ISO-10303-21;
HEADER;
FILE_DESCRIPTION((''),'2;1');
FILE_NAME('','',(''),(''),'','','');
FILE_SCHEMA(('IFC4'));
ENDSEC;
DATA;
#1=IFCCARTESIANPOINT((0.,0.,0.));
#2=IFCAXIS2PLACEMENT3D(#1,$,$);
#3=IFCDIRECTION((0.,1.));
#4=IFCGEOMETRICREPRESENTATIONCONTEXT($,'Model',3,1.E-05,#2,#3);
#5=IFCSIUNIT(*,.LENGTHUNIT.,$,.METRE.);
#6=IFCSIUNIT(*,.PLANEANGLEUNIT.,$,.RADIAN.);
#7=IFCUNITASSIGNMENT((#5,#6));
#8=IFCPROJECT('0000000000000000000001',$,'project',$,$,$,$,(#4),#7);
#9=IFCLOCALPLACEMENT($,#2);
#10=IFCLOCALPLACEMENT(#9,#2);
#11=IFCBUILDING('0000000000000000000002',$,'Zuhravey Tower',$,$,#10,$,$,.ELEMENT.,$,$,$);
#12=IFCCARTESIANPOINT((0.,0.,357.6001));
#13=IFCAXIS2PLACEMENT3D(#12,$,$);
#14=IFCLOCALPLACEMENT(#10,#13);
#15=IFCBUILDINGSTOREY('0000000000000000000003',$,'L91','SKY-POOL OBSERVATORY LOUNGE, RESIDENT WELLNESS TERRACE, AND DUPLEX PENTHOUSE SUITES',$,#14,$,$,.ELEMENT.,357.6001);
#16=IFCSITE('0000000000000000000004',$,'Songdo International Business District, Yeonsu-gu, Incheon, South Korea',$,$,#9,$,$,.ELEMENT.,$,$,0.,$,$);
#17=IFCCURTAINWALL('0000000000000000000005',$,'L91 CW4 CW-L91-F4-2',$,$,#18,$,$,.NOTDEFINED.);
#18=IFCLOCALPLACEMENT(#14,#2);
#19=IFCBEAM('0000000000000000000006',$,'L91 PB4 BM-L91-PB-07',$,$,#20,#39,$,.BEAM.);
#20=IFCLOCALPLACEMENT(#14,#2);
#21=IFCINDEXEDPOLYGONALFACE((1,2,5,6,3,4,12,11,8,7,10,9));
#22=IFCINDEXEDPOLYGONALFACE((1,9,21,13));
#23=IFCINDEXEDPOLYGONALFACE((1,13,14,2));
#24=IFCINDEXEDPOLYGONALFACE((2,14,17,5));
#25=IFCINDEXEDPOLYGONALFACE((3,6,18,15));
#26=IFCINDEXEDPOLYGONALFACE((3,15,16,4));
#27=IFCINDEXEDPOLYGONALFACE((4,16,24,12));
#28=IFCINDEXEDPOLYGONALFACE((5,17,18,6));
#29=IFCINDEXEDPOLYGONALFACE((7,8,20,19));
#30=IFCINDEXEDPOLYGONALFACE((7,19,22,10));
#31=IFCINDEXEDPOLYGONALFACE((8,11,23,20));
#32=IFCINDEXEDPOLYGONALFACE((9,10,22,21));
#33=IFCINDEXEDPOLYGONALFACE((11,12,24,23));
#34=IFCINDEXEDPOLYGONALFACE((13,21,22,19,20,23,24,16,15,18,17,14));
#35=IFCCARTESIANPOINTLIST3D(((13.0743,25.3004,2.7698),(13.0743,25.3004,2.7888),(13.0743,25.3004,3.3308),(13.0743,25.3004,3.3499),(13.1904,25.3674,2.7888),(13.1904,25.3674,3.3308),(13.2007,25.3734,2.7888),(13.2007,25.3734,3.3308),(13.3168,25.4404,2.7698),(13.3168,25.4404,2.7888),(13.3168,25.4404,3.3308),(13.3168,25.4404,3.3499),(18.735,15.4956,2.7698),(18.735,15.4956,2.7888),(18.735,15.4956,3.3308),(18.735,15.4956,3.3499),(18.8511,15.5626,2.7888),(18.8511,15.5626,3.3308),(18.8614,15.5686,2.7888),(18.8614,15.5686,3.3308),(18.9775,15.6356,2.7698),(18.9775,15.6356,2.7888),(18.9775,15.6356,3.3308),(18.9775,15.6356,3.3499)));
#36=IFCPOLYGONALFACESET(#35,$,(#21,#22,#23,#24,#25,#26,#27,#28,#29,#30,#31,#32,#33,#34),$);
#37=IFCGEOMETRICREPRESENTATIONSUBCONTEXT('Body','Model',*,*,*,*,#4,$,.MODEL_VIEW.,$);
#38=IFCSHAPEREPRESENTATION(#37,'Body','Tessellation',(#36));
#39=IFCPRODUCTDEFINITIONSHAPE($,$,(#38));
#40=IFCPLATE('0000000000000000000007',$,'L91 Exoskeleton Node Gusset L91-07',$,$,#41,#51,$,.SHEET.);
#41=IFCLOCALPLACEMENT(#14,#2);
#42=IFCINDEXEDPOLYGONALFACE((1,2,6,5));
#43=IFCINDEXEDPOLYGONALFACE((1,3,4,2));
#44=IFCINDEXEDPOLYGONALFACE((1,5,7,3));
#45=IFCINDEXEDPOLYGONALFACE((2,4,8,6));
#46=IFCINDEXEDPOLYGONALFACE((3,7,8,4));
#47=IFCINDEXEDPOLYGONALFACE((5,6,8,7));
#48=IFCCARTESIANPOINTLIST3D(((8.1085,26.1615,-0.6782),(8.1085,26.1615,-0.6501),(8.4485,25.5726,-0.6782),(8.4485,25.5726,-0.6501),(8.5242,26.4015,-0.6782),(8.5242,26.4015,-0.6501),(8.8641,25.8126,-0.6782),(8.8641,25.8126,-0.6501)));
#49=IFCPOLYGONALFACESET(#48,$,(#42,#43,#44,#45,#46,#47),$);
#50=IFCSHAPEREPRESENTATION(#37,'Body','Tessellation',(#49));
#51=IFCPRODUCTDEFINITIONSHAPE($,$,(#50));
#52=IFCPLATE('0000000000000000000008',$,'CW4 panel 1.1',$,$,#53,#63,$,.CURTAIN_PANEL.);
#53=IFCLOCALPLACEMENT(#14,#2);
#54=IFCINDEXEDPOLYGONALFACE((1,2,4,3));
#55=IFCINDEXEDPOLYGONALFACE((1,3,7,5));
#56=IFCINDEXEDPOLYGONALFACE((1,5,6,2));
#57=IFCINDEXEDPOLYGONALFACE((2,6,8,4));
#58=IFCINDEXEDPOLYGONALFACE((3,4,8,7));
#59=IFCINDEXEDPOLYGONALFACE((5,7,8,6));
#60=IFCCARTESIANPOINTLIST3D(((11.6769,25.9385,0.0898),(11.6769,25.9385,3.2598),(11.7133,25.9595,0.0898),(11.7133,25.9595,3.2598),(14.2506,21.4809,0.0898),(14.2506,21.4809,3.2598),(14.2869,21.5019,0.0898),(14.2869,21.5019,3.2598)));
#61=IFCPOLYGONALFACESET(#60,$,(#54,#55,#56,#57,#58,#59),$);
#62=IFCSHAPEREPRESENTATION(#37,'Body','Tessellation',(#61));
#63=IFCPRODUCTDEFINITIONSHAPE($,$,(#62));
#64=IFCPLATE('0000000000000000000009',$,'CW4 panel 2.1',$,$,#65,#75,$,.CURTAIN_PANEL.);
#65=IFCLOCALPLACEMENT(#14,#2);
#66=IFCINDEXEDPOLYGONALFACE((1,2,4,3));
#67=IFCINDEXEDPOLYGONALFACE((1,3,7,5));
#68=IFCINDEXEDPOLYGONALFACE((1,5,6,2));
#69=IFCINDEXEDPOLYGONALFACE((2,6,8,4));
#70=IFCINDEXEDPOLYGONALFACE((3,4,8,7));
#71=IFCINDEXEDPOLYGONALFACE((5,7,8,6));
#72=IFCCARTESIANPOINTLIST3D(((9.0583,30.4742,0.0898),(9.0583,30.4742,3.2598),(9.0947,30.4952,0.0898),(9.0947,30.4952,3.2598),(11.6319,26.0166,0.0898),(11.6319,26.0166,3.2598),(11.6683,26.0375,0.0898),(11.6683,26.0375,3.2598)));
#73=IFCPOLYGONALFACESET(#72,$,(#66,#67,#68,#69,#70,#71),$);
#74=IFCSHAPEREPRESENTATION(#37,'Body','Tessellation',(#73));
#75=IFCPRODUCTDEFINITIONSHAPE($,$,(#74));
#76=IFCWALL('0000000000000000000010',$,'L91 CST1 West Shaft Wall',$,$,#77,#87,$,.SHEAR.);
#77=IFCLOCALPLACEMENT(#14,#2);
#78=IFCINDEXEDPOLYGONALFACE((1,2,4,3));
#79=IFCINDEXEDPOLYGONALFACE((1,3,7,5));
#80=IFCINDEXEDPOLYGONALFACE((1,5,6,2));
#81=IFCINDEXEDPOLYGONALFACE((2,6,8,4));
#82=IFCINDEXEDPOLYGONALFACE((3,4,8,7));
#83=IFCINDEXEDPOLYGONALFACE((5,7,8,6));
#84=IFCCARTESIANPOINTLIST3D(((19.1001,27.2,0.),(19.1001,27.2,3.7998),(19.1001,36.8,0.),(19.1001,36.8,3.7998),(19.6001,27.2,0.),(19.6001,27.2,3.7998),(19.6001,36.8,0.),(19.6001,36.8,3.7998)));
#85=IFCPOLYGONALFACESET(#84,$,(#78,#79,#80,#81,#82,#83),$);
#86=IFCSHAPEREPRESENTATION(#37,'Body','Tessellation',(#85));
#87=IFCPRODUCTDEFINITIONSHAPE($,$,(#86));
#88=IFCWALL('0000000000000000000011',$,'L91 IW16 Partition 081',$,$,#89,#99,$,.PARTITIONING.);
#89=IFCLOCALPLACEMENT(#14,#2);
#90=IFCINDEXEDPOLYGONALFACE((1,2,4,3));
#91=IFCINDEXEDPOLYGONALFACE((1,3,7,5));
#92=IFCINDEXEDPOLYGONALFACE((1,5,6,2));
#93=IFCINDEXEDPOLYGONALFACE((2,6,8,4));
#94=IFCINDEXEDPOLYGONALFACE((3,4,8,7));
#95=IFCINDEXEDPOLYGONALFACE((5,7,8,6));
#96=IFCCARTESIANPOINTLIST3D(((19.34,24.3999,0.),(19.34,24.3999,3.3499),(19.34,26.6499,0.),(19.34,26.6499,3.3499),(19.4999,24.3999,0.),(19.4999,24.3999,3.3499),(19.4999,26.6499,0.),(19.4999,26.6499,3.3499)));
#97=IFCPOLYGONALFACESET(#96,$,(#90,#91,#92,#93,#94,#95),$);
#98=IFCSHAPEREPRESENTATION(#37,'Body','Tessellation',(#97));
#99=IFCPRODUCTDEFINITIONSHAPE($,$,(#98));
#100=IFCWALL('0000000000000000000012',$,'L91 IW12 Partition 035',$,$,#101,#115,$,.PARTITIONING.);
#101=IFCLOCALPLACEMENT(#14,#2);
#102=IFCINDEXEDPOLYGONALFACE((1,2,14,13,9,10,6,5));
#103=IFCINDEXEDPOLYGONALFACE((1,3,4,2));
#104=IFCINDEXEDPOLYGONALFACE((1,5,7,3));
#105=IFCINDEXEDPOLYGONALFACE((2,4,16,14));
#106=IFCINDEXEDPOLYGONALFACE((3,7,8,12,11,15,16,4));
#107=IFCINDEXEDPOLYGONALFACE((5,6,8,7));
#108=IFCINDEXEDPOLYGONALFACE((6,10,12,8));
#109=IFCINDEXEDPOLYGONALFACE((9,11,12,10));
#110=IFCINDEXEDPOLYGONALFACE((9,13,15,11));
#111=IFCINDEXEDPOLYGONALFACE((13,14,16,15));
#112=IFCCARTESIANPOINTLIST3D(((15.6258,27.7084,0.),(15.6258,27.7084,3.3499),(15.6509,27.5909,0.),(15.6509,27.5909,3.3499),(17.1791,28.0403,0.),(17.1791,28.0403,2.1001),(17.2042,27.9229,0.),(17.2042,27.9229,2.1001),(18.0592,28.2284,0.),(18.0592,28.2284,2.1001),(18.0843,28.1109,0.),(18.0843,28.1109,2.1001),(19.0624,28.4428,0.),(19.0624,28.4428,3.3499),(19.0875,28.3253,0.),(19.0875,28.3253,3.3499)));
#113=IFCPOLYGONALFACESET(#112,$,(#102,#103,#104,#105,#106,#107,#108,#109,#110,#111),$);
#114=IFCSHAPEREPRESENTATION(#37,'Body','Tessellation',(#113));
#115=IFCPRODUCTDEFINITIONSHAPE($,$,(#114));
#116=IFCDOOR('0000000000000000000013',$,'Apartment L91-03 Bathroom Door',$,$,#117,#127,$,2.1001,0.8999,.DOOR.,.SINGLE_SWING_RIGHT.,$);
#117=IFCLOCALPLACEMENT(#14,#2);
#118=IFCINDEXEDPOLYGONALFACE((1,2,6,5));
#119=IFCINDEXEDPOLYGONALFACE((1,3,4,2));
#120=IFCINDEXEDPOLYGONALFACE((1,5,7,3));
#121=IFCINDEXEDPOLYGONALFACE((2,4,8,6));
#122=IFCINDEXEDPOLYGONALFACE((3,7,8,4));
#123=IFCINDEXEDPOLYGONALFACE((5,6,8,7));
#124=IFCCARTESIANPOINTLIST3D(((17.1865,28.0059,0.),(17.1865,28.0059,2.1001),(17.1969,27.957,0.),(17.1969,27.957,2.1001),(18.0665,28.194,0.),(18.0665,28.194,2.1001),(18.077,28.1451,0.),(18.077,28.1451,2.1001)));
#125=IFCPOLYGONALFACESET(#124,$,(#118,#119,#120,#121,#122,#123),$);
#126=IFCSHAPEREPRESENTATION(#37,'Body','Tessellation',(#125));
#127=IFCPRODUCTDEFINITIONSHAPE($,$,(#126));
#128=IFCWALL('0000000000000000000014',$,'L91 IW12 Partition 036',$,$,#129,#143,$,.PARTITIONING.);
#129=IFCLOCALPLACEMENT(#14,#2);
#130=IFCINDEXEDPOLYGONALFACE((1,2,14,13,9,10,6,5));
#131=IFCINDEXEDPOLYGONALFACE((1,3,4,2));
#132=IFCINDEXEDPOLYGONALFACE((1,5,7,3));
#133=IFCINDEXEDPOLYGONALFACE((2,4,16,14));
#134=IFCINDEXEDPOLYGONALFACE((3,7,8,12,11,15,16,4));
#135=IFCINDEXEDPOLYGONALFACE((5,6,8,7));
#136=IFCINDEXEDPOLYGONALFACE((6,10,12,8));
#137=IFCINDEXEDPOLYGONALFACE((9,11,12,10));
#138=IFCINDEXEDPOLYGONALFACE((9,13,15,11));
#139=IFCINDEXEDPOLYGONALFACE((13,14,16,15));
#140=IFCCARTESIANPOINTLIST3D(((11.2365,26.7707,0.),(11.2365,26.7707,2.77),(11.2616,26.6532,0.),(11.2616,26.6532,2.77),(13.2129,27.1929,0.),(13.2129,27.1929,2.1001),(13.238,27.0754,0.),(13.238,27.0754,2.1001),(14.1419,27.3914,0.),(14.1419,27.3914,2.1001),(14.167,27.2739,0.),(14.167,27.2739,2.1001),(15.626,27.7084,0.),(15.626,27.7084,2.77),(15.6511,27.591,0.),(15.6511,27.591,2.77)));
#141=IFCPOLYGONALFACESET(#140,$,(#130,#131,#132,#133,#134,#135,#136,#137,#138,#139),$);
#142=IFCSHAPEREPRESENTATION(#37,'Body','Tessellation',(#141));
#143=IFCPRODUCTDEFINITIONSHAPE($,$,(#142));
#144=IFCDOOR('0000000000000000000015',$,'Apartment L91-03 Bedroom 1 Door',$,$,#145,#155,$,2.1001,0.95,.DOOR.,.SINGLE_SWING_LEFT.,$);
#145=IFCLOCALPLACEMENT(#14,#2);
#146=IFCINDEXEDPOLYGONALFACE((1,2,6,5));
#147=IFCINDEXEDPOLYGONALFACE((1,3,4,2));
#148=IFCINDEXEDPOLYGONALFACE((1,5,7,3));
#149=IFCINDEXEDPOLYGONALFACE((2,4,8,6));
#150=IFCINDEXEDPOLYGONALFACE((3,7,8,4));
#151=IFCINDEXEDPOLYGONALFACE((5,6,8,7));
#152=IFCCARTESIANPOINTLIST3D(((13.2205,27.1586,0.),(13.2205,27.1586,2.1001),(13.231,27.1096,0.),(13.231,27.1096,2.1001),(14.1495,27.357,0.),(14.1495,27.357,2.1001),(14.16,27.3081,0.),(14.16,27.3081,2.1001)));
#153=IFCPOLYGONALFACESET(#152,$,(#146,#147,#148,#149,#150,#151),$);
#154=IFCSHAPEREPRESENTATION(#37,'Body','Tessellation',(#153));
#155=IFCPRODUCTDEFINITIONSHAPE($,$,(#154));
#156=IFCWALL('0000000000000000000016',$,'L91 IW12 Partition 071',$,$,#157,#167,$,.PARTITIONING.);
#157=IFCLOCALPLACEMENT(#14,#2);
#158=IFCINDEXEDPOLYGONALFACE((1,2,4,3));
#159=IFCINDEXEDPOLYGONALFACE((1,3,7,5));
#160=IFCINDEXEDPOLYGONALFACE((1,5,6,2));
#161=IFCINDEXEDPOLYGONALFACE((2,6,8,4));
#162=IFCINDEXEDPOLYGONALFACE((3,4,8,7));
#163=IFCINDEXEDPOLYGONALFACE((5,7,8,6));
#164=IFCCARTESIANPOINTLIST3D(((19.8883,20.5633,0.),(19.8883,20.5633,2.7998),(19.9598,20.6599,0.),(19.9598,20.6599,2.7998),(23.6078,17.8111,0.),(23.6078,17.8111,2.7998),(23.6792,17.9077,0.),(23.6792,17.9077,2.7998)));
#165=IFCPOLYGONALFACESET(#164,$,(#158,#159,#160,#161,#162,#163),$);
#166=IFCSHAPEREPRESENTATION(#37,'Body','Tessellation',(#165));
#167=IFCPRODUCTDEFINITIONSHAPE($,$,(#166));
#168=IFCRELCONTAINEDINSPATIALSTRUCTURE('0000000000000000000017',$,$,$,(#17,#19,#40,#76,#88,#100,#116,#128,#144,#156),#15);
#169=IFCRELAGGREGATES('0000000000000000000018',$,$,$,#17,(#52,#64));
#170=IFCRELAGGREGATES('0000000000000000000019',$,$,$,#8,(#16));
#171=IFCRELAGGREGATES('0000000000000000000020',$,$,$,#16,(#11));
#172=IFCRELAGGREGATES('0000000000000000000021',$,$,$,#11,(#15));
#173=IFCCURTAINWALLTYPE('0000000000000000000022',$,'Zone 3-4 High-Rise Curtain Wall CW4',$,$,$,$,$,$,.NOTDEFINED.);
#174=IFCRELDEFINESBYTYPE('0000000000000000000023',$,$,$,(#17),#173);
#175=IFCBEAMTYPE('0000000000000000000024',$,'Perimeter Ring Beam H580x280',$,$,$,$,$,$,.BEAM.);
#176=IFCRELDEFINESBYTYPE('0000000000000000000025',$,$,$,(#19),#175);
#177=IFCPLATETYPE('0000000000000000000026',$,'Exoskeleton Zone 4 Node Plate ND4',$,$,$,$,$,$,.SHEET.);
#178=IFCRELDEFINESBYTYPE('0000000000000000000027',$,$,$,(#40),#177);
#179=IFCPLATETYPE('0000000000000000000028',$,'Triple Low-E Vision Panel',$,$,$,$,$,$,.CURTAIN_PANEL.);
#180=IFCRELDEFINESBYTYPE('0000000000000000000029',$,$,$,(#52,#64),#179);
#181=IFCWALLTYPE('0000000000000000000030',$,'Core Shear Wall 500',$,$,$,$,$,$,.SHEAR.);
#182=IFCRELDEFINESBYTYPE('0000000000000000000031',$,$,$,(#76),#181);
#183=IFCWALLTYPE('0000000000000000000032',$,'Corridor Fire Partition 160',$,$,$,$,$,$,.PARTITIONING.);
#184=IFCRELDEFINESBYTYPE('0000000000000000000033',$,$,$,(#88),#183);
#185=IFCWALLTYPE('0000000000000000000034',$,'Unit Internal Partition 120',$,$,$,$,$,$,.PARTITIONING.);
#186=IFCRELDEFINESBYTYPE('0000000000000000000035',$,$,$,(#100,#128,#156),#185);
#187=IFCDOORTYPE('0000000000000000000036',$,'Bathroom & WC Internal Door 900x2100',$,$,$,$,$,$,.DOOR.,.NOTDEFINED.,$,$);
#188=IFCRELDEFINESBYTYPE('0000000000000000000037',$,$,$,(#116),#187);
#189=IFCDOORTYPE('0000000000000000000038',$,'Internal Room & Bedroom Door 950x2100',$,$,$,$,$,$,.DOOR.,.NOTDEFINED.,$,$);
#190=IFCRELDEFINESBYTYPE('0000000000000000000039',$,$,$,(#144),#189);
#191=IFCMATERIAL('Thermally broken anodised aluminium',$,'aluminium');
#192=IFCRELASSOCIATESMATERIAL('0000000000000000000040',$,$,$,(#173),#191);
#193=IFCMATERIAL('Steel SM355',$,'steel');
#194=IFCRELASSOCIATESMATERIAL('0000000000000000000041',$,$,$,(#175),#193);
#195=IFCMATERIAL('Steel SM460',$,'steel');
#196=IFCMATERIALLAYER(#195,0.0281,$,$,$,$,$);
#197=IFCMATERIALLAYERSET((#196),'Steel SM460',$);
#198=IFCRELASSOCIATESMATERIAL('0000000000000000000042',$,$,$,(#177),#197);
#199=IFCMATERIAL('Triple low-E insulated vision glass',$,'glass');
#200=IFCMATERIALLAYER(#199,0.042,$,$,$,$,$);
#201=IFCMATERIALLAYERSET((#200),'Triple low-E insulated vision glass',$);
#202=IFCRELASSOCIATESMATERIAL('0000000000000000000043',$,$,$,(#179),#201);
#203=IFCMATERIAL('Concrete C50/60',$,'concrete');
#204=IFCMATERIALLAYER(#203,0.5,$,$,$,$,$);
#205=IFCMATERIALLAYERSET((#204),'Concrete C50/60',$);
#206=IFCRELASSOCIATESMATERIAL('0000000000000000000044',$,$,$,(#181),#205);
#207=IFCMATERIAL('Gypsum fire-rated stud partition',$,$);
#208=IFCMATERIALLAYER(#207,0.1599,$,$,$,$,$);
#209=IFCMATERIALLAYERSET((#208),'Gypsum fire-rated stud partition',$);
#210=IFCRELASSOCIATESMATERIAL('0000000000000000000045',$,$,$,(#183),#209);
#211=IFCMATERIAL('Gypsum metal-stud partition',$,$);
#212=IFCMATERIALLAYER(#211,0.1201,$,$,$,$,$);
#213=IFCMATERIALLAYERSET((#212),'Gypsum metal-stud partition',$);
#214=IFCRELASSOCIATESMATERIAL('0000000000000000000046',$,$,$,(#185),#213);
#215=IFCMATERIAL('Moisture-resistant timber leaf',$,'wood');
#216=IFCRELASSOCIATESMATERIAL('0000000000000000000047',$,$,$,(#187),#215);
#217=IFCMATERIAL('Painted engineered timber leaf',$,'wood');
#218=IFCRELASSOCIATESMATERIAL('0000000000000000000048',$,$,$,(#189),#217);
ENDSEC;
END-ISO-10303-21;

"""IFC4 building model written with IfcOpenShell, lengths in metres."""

from ifc_helpers import new_model, si_unit, direction, frame, frame_2d, origin, origin_2d, place, context, subcontext, project, spatial, rectangle, i_section, extrude, material, layer, layer_set, material_profile, profile_set, type_object, element, fill, aggregate, save


model = new_model("IFC4")

# Units and contexts
model_context = context("Model", 3, precision=1e-05, world=origin(), true_north=direction((0.0, 1.0)))
body_context = subcontext(model_context, "Body", "Model", "MODEL_VIEW")
ifc_project = project(units=[si_unit("LENGTHUNIT", "METRE"), si_unit("PLANEANGLEUNIT", "RADIAN")], contexts=[model_context])

# Site, building, storey
site_placement = place(None, origin())
site = spatial("IfcSite", under=ifc_project, at=site_placement, Name="Songdo International Business District, Yeonsu-gu, Incheon, South Korea", CompositionType="ELEMENT", RefElevation=0.0)
building_placement = place(site_placement, origin())
building = spatial("IfcBuilding", under=site, at=building_placement, Name="Zuhravey Tower", CompositionType="ELEMENT")
storey_placement = place(building_placement, frame((0.0, 0.0, 357.6001)))
storey = spatial("IfcBuildingStorey", under=building, at=storey_placement, Name="L91", Description="SKY-POOL OBSERVATORY LOUNGE, RESIDENT WELLNESS TERRACE, AND DUPLEX PENTHOUSE SUITES", CompositionType="ELEMENT", Elevation=357.6001)

# Shared definitions
ifc_material_1 = material(Name="Concrete C50/60", Category="concrete")

# Curtain wall
ifc_material_2 = material(Name="Thermally broken anodised aluminium", Category="aluminium")
curtain_wall_type = type_object("IfcCurtainWallType", Name="Zone 3-4 High-Rise Curtain Wall CW4", PredefinedType="NOTDEFINED", material=ifc_material_2)
curtain_wall_placement = place(storey_placement, origin())
curtain_wall = element("IfcCurtainWall", 1, at=curtain_wall_placement, inside=storey, type_object=curtain_wall_type, Name="L91 CW4 CW-L91-F4-2", PredefinedType="NOTDEFINED")

# Shared definitions
ifc_material_3 = material(Name="Steel SM355", Category="steel")

# Beam
ifc_material_profile_1 = material_profile(ifc_material_3, i_section(OverallWidth=0.28, OverallDepth=0.5801, WebThickness=0.012, FlangeThickness=0.019, at=origin_2d()), Name="H-580x280x12x19")
ifc_profile_set_1 = profile_set([ifc_material_profile_1], Name="Steel SM355")
beam_type = type_object("IfcBeamType", Name="Perimeter Ring Beam H580x280", PredefinedType="BEAM", material=ifc_profile_set_1)
beam_placement = place(storey_placement, frame((13.1956, 25.3704, 3.0598), z_axis=(0.499994, -0.866029, 0.0), x_axis=(0.866029, 0.499994, 0.0)))
element("IfcBeam", 2, at=beam_placement, inside=storey, type_object=beam_type, Name="L91 PB4 BM-L91-PB-07", PredefinedType="BEAM", context=body_context, shape_type="SweptSolid", body=[
    extrude(i_section(OverallWidth=0.28, OverallDepth=0.5801, WebThickness=0.012, FlangeThickness=0.019, at=origin_2d()), origin(), (0.0, 0.0, 1.0), 11.3215),
])

# Plates
ifc_material_4 = material(Name="Steel SM460", Category="steel")
ifc_layer_1 = layer(ifc_material_4, 0.0281)
ifc_layer_set_1 = layer_set([ifc_layer_1], Name="Steel SM460")
plate_type_1 = type_object("IfcPlateType", Name="Exoskeleton Zone 4 Node Plate ND4", PredefinedType="SHEET", material=ifc_layer_set_1)
plate_1_placement = place(storey_placement, frame((8.4863, 25.9871, -0.6782), z_axis=(0.0, 0.0, 1.0), x_axis=(0.5, -0.866025, 0.0)))
element("IfcPlate", 3, at=plate_1_placement, inside=storey, type_object=plate_type_1, Name="L91 Exoskeleton Node Gusset L91-07", PredefinedType="SHEET", context=body_context, shape_type="SweptSolid", body=[
    extrude(rectangle(XDim=0.6799, YDim=0.48, at=origin_2d()), origin(), (0.0, 0.0, 1.0), 0.0281),
])
ifc_material_5 = material(Name="Triple low-E insulated vision glass", Category="glass")
ifc_layer_2 = layer(ifc_material_5, 0.042)
ifc_layer_set_2 = layer_set([ifc_layer_2], Name="Triple low-E insulated vision glass")
plate_type_2 = type_object("IfcPlateType", Name="Triple Low-E Vision Panel", PredefinedType="CURTAIN_PANEL", material=ifc_layer_set_2)
plate_2_placement = place(storey_placement, frame((12.9819, 23.7202, 0.0898), z_axis=(0.0, 0.0, 1.0), x_axis=(-0.500002, 0.866024, 0.0)))
plate_2 = element("IfcPlate", 4, at=plate_2_placement, type_object=plate_type_2, Name="CW4 panel 1.1", PredefinedType="CURTAIN_PANEL", context=body_context, shape_type="SweptSolid", body=[
    extrude(rectangle(XDim=5.1472, YDim=0.042, at=origin_2d()), origin(), (0.0, 0.0, 1.0), 3.1699),
])
plate_3_placement = place(storey_placement, frame((10.3633, 28.2559, 0.0898), z_axis=(0.0, 0.0, 1.0), x_axis=(-0.500002, 0.866024, 0.0)))
plate_3 = element("IfcPlate", 5, at=plate_3_placement, type_object=plate_type_2, Name="CW4 panel 2.1", PredefinedType="CURTAIN_PANEL", context=body_context, shape_type="SweptSolid", body=[
    extrude(rectangle(XDim=5.1472, YDim=0.042, at=origin_2d()), origin(), (0.0, 0.0, 1.0), 3.1699),
])
aggregate(curtain_wall, [plate_2, plate_3])

# Shared definitions
ifc_layer_3 = layer(ifc_material_1, 0.5)
ifc_layer_set_3 = layer_set([ifc_layer_3], Name="Concrete C50/60")
wall_type_1 = type_object("IfcWallType", Name="Core Shear Wall 500", PredefinedType="SHEAR", material=ifc_layer_set_3)

# Wall
wall_1_placement = place(storey_placement, frame((19.3501, 27.2, 0.0), z_axis=(0.0, 0.0, 1.0), x_axis=(0.0, 1.0, 0.0)))
element("IfcWall", 6, at=wall_1_placement, inside=storey, type_object=wall_type_1, Name="L91 CST1 West Shaft Wall", PredefinedType="SHEAR", context=body_context, shape_type="SweptSolid", body=[
    extrude(rectangle(XDim=9.6001, YDim=0.5, at=frame_2d((4.8, 0.0))), origin(), (0.0, 0.0, 1.0), 3.7998),
])

# Shared definitions
ifc_material_6 = material(Name="Gypsum fire-rated stud partition")
ifc_layer_4 = layer(ifc_material_6, 0.1599)
ifc_layer_set_4 = layer_set([ifc_layer_4], Name="Gypsum fire-rated stud partition")
wall_type_2 = type_object("IfcWallType", Name="Corridor Fire Partition 160", PredefinedType="PARTITIONING", material=ifc_layer_set_4)

# Wall
wall_2_placement = place(storey_placement, frame((19.4199, 26.6499, 0.0), z_axis=(0.0, 0.0, 1.0), x_axis=(0.0, -1.0, 0.0)))
element("IfcWall", 7, at=wall_2_placement, inside=storey, type_object=wall_type_2, Name="L91 IW16 Partition 081", PredefinedType="PARTITIONING", context=body_context, shape_type="SweptSolid", body=[
    extrude(rectangle(XDim=2.25, YDim=0.1599, at=frame_2d((1.125, 0.0))), origin(), (0.0, 0.0, 1.0), 3.3499),
])

# Walls, openings, doors
ifc_material_7 = material(Name="Gypsum metal-stud partition")
ifc_layer_5 = layer(ifc_material_7, 0.1201)
ifc_layer_set_5 = layer_set([ifc_layer_5], Name="Gypsum metal-stud partition")
wall_type_3 = type_object("IfcWallType", Name="Unit Internal Partition 120", PredefinedType="PARTITIONING", material=ifc_layer_set_5)
wall_3_placement = place(storey_placement, frame((19.075, 28.384, 0.0), z_axis=(0.0, 0.0, 1.0), x_axis=(-0.97792, -0.208979, 0.0)))
wall_3 = element("IfcWall", 8, at=wall_3_placement, inside=storey, type_object=wall_type_3, Name="L91 IW12 Partition 035", PredefinedType="PARTITIONING", context=body_context, shape_type="SweptSolid", body=[
    extrude(rectangle(XDim=3.5142, YDim=0.1201, at=frame_2d((1.7571, 0.0))), origin(), (0.0, 0.0, 1.0), 3.3499),
])
opening_1_placement = place(wall_3_placement, frame((1.0259, 0.0, 0.0)))
opening_1 = element("IfcOpeningElement", 9, at=opening_1_placement, cuts=wall_3, PredefinedType="OPENING", context=body_context, shape_type="SweptSolid", body=[
    extrude(rectangle(XDim=0.8999, YDim=2.1001, at=frame_2d((0.45, 1.05))), frame((0.0, 0.072, 0.0), z_axis=(0.0, -1.0, 0.0), x_axis=(1.0, 0.0, 0.0)), (0.0, 0.0, 1.0), 0.144),
])
ifc_material_8 = material(Name="Moisture-resistant timber leaf", Category="wood")
door_type_1 = type_object("IfcDoorType", Name="Bathroom & WC Internal Door 900x2100", OperationType="NOTDEFINED", PredefinedType="DOOR", material=ifc_material_8)
door_1_placement = place(opening_1_placement, frame((0.8999, 0.0, 0.0), z_axis=(0.0, 0.0, 1.0), x_axis=(-1.0, 0.0, 0.0)))
door_1 = element("IfcDoor", 10, at=door_1_placement, inside=storey, type_object=door_type_1, Name="Apartment L91-03 Bathroom Door", OperationType="SINGLE_SWING_RIGHT", OverallHeight=2.1001, OverallWidth=0.8999, PredefinedType="DOOR", context=body_context, shape_type="SweptSolid", body=[
    extrude(rectangle(XDim=0.8999, YDim=2.1001, at=frame_2d((0.45, 1.05))), frame((0.0, 0.0249, 0.0), z_axis=(0.0, -1.0, 0.0), x_axis=(1.0, 0.0, 0.0)), (0.0, 0.0, 1.0), 0.05),
])
fill(opening_1, door_1)
wall_4_placement = place(storey_placement, frame((15.6384, 27.6497, 0.0), z_axis=(0.0, 0.0, 1.0), x_axis=(-0.977932, -0.208924, 0.0)))
wall_4 = element("IfcWall", 11, at=wall_4_placement, inside=storey, type_object=wall_type_3, Name="L91 IW12 Partition 036", PredefinedType="PARTITIONING", context=body_context, shape_type="SweptSolid", body=[
    extrude(rectangle(XDim=4.4885, YDim=0.1201, at=frame_2d((2.2441, 0.0))), origin(), (0.0, 0.0, 1.0), 2.77),
])
opening_2_placement = place(wall_4_placement, frame((1.5173, 0.0, 0.0)))
opening_2 = element("IfcOpeningElement", 12, at=opening_2_placement, cuts=wall_4, PredefinedType="OPENING", context=body_context, shape_type="SweptSolid", body=[
    extrude(rectangle(XDim=0.95, YDim=2.1001, at=frame_2d((0.4751, 1.05))), frame((0.0, 0.072, 0.0), z_axis=(0.0, -1.0, 0.0), x_axis=(1.0, 0.0, 0.0)), (0.0, 0.0, 1.0), 0.144),
])
ifc_material_9 = material(Name="Painted engineered timber leaf", Category="wood")
door_type_2 = type_object("IfcDoorType", Name="Internal Room & Bedroom Door 950x2100", OperationType="NOTDEFINED", PredefinedType="DOOR", material=ifc_material_9)
door_2_placement = place(opening_2_placement, frame((0.95, 0.0, 0.0), z_axis=(0.0, 0.0, 1.0), x_axis=(-1.0, 0.0, 0.0)))
door_2 = element("IfcDoor", 13, at=door_2_placement, inside=storey, type_object=door_type_2, Name="Apartment L91-03 Bedroom 1 Door", OperationType="SINGLE_SWING_LEFT", OverallHeight=2.1001, OverallWidth=0.95, PredefinedType="DOOR", context=body_context, shape_type="SweptSolid", body=[
    extrude(rectangle(XDim=0.95, YDim=2.1001, at=frame_2d((0.4751, 1.05))), frame((0.0, 0.0249, 0.0), z_axis=(0.0, -1.0, 0.0), x_axis=(1.0, 0.0, 0.0)), (0.0, 0.0, 1.0), 0.05),
])
fill(opening_2, door_2)

# Wall
wall_5_placement = place(storey_placement, frame((19.9241, 20.6116, 0.0), z_axis=(0.0, 0.0, 1.0), x_axis=(0.803865, -0.594812, 0.0)))
element("IfcWall", 14, at=wall_5_placement, inside=storey, type_object=wall_type_3, Name="L91 IW12 Partition 071", PredefinedType="PARTITIONING", context=body_context, shape_type="SweptSolid", body=[
    extrude(rectangle(XDim=4.627, YDim=0.1201, at=frame_2d((2.3135, 0.0))), origin(), (0.0, 0.0, 1.0), 2.7998),
])

save(model, "model.ifc")
